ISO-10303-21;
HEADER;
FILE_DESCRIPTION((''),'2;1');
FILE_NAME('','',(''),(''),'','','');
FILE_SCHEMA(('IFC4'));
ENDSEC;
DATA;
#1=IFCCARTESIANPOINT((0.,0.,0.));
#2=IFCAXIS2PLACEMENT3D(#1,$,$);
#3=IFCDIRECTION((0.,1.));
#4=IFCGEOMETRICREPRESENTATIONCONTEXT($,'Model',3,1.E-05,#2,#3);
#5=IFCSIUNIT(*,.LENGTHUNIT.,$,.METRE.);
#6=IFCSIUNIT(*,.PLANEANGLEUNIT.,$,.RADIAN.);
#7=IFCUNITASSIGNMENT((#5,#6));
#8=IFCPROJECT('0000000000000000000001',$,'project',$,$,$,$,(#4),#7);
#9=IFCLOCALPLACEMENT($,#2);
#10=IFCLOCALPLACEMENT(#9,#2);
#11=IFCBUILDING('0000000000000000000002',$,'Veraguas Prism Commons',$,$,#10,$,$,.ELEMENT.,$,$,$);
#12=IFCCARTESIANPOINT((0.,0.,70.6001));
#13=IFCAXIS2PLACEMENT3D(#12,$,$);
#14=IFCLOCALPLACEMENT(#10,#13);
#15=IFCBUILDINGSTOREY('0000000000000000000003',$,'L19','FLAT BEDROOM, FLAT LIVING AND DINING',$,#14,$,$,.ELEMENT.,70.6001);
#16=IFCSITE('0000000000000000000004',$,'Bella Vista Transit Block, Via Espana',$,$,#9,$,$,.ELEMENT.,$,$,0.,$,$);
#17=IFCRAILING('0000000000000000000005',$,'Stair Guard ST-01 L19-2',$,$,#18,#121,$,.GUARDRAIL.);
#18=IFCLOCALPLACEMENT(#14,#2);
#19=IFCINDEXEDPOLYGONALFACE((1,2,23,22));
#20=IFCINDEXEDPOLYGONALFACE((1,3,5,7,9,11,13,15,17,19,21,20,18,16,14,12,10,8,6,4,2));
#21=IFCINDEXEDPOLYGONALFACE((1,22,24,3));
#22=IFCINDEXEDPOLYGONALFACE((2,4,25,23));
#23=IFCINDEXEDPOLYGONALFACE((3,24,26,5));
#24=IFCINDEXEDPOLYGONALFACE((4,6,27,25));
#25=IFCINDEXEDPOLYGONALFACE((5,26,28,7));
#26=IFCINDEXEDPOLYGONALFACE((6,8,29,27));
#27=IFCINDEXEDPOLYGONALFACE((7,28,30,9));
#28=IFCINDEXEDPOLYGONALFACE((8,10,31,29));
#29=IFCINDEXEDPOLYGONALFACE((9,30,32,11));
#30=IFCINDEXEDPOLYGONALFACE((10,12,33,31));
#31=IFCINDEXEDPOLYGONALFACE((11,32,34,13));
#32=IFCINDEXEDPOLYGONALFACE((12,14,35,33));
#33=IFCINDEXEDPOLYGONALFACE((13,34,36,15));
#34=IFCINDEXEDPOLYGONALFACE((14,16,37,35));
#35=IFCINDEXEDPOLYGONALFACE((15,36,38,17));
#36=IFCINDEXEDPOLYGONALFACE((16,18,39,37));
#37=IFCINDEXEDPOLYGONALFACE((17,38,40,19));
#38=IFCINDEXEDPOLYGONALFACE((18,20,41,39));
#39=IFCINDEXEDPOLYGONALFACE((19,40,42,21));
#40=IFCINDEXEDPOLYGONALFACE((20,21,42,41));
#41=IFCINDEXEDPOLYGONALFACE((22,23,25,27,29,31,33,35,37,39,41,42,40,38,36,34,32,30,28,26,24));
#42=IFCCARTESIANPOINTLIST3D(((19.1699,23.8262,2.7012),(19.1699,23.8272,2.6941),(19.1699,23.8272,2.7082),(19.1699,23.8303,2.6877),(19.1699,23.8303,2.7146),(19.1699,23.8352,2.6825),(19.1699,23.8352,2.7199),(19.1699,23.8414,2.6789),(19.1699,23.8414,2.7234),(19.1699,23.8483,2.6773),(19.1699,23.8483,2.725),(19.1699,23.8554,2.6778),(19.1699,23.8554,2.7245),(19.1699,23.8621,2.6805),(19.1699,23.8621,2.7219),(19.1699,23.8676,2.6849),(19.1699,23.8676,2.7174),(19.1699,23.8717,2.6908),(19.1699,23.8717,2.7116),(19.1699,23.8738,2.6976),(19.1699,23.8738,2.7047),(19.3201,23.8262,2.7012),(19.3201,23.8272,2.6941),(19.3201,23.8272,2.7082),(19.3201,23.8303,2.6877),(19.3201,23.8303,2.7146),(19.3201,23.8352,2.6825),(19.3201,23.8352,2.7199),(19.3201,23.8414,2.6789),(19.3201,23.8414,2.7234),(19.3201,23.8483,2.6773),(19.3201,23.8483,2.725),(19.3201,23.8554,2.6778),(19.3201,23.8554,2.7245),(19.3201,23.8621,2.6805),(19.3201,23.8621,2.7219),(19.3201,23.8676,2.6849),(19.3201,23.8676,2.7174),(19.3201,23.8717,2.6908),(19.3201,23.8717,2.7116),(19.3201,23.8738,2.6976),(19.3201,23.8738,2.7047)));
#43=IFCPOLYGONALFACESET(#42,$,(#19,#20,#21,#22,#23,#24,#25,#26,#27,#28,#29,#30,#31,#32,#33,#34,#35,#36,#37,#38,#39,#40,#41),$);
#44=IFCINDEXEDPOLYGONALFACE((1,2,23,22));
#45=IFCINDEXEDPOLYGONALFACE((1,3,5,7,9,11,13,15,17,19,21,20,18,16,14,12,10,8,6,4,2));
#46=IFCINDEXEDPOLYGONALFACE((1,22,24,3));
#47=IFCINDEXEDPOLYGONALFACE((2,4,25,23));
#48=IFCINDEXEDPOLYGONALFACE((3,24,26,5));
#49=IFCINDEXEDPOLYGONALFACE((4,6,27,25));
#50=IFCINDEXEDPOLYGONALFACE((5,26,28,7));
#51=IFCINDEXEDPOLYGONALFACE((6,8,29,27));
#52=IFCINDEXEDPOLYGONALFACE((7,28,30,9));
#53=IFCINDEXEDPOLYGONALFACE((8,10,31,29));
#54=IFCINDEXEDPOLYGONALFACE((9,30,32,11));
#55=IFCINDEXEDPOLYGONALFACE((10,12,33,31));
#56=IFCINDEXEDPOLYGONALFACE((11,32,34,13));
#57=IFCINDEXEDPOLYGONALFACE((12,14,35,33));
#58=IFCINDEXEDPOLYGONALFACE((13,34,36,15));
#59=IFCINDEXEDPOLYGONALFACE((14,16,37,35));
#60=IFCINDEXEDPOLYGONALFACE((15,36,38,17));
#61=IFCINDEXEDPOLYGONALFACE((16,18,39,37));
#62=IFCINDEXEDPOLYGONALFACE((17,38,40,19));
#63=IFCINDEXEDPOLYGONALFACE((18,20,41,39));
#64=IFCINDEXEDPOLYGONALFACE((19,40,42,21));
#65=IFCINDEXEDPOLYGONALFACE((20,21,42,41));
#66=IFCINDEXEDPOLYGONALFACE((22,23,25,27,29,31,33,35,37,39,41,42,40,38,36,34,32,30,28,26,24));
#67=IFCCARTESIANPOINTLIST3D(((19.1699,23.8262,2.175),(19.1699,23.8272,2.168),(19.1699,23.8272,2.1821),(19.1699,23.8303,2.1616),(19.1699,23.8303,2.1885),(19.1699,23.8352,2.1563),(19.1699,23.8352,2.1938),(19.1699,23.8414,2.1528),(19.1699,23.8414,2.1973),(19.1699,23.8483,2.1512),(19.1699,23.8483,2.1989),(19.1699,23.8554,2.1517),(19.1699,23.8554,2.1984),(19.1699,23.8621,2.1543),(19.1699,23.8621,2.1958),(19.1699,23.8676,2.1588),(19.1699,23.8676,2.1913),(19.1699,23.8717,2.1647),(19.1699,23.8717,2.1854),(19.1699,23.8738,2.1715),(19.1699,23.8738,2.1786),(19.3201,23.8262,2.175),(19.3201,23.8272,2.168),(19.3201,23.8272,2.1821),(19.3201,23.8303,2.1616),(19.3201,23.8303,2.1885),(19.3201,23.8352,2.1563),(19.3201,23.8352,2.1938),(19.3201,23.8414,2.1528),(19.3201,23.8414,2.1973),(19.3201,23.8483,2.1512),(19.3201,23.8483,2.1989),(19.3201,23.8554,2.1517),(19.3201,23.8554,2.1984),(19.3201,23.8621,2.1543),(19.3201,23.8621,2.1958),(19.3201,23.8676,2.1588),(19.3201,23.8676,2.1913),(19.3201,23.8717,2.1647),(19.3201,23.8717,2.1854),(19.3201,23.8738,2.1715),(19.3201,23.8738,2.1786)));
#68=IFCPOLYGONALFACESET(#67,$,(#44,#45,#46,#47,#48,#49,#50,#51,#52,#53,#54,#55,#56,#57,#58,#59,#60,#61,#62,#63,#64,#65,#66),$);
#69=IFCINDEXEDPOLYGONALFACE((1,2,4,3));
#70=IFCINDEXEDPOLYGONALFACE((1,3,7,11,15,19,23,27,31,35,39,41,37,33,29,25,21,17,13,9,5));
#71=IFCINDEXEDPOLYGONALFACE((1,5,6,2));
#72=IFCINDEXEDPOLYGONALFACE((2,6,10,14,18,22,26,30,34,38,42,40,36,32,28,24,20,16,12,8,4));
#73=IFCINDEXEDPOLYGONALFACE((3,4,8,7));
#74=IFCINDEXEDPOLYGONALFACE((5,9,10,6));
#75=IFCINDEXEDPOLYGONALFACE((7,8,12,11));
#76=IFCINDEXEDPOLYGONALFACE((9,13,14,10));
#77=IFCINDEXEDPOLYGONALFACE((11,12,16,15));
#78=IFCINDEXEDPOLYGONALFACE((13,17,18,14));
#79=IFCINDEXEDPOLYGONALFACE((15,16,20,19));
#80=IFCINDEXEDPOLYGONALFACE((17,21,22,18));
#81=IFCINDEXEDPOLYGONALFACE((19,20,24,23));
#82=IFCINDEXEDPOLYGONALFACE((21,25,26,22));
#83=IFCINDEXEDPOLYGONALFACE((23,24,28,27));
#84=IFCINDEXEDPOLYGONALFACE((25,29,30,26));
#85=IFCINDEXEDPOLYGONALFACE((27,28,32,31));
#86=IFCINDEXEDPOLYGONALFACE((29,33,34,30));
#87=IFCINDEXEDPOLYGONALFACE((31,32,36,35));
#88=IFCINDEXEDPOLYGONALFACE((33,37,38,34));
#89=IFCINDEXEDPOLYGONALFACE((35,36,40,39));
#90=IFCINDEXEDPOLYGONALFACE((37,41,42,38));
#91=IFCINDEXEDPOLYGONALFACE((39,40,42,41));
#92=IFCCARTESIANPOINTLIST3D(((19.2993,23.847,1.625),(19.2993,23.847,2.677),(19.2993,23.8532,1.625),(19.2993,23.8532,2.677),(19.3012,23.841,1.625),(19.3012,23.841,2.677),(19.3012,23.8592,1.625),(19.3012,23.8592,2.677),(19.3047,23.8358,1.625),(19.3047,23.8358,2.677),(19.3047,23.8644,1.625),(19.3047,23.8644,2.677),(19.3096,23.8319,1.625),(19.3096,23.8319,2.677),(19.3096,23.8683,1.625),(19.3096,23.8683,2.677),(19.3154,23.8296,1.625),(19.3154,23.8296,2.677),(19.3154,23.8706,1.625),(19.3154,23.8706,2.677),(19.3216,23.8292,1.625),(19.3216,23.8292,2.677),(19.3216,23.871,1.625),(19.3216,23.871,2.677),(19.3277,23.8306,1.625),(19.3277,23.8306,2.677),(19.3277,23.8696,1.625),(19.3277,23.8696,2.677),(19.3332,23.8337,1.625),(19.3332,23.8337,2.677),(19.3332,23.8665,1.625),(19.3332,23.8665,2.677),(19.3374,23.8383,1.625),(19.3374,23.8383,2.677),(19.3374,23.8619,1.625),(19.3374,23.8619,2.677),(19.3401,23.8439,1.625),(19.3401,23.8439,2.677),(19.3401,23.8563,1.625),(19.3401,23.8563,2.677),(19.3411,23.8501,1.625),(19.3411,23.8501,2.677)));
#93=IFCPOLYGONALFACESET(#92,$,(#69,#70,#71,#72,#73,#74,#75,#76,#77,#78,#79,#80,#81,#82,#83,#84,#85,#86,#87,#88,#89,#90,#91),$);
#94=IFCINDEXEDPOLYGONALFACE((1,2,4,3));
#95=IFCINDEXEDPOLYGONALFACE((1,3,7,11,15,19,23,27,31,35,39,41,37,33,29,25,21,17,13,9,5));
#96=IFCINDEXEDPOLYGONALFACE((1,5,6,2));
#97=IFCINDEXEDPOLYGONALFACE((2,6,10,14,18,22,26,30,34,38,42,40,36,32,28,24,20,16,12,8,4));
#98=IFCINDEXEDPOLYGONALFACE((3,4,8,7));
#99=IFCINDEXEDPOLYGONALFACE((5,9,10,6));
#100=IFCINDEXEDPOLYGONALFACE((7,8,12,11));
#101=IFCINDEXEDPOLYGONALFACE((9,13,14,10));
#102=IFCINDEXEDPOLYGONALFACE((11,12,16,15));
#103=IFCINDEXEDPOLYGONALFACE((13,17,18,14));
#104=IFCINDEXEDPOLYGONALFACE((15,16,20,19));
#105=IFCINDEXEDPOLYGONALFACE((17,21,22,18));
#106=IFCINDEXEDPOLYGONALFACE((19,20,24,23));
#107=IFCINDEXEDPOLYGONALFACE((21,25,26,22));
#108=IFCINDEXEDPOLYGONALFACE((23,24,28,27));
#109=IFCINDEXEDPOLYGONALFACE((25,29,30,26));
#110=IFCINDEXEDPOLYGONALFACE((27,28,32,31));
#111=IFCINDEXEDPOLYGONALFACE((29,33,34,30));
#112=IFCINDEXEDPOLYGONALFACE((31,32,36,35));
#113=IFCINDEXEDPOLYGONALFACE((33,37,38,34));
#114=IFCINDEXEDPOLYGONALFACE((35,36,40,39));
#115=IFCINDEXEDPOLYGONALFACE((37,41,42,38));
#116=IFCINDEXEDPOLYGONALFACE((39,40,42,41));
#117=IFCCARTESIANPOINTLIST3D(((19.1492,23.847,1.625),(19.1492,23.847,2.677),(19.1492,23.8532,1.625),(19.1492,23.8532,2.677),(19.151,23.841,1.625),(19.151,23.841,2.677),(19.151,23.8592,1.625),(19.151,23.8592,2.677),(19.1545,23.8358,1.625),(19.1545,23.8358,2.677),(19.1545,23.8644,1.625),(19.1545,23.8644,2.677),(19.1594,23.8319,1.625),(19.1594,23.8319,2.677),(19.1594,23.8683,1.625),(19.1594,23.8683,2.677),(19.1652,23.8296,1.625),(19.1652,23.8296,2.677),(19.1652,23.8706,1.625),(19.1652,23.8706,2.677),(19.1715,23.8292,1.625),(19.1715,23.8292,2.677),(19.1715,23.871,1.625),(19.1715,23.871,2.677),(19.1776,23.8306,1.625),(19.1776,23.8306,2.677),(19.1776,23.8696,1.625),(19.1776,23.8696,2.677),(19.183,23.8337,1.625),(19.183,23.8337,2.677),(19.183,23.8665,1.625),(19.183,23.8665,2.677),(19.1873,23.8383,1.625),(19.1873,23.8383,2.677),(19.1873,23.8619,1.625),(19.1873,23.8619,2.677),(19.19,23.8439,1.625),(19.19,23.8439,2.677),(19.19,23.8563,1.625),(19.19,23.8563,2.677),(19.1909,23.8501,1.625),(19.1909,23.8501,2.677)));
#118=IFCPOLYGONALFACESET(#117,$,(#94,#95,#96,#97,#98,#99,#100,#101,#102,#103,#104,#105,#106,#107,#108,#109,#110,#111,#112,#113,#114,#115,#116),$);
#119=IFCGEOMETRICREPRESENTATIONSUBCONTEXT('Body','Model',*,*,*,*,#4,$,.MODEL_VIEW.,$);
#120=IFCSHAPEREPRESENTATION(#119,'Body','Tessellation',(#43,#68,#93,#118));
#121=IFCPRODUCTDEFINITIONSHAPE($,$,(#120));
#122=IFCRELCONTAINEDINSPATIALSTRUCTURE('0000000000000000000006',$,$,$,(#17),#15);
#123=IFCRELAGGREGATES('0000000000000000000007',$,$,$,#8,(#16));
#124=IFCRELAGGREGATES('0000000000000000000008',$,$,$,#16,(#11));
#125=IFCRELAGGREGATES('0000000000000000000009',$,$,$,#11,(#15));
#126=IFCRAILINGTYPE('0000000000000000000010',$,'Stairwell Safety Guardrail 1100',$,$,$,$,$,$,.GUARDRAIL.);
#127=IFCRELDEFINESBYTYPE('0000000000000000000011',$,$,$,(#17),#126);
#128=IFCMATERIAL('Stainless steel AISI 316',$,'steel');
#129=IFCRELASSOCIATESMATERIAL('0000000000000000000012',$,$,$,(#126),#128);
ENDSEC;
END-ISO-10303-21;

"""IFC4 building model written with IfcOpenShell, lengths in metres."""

from ifc_helpers import new_model, si_unit, direction, frame, origin, origin_2d, place, context, subcontext, project, spatial, circle, extrude, material, type_object, element, save


model = new_model("IFC4")

# Units and contexts
model_context = context("Model", 3, precision=1e-05, world=origin(), true_north=direction((0.0, 1.0)))
body_context = subcontext(model_context, "Body", "Model", "MODEL_VIEW")
ifc_project = project(units=[si_unit("LENGTHUNIT", "METRE"), si_unit("PLANEANGLEUNIT", "RADIAN")], contexts=[model_context])

# Site, building, storey
site_placement = place(None, origin())
site = spatial("IfcSite", under=ifc_project, at=site_placement, Name="Bella Vista Transit Block, Via Espana", CompositionType="ELEMENT", RefElevation=0.0)
building_placement = place(site_placement, origin())
building = spatial("IfcBuilding", under=site, at=building_placement, Name="Veraguas Prism Commons", CompositionType="ELEMENT")
storey_placement = place(building_placement, frame((0.0, 0.0, 70.6001)))
storey = spatial("IfcBuildingStorey", under=building, at=storey_placement, Name="L19", Description="FLAT BEDROOM, FLAT LIVING AND DINING", CompositionType="ELEMENT", Elevation=70.6001)

# Railing
ifc_material_1 = material(Name="Stainless steel AISI 316", Category="steel")
railing_type_1 = type_object("IfcRailingType", Name="Stairwell Safety Guardrail 1100", PredefinedType="GUARDRAIL", material=ifc_material_1)
railing_1_placement = place(storey_placement, frame((19.3201, 23.8501, 1.625)))
element("IfcRailing", 1, at=railing_1_placement, inside=storey, type_object=railing_type_1, Name="Stair Guard ST-01 L19-2", PredefinedType="GUARDRAIL", context=body_context, shape_type="SweptSolid", body=[
    extrude(circle(Radius=0.0239, at=origin_2d()), frame((0.0, 0.0, 1.0762), z_axis=(-1.0, 0.0, 0.0), x_axis=(0.0, -1.0, 0.0)), (0.0, 0.0, 1.0), 0.1501),
    extrude(circle(Radius=0.0239, at=origin_2d()), frame((0.0, 0.0, 0.55), z_axis=(-1.0, 0.0, 0.0), x_axis=(0.0, -1.0, 0.0)), (0.0, 0.0, 1.0), 0.1501),
    extrude(circle(Radius=0.021, at=origin_2d()), origin(), (0.0, 0.0, 1.0), 1.052),
    extrude(circle(Radius=0.021, at=origin_2d()), frame((-0.1501, 0.0, 0.0)), (0.0, 0.0, 1.0), 1.052),
])

save(model, "model.ifc")
